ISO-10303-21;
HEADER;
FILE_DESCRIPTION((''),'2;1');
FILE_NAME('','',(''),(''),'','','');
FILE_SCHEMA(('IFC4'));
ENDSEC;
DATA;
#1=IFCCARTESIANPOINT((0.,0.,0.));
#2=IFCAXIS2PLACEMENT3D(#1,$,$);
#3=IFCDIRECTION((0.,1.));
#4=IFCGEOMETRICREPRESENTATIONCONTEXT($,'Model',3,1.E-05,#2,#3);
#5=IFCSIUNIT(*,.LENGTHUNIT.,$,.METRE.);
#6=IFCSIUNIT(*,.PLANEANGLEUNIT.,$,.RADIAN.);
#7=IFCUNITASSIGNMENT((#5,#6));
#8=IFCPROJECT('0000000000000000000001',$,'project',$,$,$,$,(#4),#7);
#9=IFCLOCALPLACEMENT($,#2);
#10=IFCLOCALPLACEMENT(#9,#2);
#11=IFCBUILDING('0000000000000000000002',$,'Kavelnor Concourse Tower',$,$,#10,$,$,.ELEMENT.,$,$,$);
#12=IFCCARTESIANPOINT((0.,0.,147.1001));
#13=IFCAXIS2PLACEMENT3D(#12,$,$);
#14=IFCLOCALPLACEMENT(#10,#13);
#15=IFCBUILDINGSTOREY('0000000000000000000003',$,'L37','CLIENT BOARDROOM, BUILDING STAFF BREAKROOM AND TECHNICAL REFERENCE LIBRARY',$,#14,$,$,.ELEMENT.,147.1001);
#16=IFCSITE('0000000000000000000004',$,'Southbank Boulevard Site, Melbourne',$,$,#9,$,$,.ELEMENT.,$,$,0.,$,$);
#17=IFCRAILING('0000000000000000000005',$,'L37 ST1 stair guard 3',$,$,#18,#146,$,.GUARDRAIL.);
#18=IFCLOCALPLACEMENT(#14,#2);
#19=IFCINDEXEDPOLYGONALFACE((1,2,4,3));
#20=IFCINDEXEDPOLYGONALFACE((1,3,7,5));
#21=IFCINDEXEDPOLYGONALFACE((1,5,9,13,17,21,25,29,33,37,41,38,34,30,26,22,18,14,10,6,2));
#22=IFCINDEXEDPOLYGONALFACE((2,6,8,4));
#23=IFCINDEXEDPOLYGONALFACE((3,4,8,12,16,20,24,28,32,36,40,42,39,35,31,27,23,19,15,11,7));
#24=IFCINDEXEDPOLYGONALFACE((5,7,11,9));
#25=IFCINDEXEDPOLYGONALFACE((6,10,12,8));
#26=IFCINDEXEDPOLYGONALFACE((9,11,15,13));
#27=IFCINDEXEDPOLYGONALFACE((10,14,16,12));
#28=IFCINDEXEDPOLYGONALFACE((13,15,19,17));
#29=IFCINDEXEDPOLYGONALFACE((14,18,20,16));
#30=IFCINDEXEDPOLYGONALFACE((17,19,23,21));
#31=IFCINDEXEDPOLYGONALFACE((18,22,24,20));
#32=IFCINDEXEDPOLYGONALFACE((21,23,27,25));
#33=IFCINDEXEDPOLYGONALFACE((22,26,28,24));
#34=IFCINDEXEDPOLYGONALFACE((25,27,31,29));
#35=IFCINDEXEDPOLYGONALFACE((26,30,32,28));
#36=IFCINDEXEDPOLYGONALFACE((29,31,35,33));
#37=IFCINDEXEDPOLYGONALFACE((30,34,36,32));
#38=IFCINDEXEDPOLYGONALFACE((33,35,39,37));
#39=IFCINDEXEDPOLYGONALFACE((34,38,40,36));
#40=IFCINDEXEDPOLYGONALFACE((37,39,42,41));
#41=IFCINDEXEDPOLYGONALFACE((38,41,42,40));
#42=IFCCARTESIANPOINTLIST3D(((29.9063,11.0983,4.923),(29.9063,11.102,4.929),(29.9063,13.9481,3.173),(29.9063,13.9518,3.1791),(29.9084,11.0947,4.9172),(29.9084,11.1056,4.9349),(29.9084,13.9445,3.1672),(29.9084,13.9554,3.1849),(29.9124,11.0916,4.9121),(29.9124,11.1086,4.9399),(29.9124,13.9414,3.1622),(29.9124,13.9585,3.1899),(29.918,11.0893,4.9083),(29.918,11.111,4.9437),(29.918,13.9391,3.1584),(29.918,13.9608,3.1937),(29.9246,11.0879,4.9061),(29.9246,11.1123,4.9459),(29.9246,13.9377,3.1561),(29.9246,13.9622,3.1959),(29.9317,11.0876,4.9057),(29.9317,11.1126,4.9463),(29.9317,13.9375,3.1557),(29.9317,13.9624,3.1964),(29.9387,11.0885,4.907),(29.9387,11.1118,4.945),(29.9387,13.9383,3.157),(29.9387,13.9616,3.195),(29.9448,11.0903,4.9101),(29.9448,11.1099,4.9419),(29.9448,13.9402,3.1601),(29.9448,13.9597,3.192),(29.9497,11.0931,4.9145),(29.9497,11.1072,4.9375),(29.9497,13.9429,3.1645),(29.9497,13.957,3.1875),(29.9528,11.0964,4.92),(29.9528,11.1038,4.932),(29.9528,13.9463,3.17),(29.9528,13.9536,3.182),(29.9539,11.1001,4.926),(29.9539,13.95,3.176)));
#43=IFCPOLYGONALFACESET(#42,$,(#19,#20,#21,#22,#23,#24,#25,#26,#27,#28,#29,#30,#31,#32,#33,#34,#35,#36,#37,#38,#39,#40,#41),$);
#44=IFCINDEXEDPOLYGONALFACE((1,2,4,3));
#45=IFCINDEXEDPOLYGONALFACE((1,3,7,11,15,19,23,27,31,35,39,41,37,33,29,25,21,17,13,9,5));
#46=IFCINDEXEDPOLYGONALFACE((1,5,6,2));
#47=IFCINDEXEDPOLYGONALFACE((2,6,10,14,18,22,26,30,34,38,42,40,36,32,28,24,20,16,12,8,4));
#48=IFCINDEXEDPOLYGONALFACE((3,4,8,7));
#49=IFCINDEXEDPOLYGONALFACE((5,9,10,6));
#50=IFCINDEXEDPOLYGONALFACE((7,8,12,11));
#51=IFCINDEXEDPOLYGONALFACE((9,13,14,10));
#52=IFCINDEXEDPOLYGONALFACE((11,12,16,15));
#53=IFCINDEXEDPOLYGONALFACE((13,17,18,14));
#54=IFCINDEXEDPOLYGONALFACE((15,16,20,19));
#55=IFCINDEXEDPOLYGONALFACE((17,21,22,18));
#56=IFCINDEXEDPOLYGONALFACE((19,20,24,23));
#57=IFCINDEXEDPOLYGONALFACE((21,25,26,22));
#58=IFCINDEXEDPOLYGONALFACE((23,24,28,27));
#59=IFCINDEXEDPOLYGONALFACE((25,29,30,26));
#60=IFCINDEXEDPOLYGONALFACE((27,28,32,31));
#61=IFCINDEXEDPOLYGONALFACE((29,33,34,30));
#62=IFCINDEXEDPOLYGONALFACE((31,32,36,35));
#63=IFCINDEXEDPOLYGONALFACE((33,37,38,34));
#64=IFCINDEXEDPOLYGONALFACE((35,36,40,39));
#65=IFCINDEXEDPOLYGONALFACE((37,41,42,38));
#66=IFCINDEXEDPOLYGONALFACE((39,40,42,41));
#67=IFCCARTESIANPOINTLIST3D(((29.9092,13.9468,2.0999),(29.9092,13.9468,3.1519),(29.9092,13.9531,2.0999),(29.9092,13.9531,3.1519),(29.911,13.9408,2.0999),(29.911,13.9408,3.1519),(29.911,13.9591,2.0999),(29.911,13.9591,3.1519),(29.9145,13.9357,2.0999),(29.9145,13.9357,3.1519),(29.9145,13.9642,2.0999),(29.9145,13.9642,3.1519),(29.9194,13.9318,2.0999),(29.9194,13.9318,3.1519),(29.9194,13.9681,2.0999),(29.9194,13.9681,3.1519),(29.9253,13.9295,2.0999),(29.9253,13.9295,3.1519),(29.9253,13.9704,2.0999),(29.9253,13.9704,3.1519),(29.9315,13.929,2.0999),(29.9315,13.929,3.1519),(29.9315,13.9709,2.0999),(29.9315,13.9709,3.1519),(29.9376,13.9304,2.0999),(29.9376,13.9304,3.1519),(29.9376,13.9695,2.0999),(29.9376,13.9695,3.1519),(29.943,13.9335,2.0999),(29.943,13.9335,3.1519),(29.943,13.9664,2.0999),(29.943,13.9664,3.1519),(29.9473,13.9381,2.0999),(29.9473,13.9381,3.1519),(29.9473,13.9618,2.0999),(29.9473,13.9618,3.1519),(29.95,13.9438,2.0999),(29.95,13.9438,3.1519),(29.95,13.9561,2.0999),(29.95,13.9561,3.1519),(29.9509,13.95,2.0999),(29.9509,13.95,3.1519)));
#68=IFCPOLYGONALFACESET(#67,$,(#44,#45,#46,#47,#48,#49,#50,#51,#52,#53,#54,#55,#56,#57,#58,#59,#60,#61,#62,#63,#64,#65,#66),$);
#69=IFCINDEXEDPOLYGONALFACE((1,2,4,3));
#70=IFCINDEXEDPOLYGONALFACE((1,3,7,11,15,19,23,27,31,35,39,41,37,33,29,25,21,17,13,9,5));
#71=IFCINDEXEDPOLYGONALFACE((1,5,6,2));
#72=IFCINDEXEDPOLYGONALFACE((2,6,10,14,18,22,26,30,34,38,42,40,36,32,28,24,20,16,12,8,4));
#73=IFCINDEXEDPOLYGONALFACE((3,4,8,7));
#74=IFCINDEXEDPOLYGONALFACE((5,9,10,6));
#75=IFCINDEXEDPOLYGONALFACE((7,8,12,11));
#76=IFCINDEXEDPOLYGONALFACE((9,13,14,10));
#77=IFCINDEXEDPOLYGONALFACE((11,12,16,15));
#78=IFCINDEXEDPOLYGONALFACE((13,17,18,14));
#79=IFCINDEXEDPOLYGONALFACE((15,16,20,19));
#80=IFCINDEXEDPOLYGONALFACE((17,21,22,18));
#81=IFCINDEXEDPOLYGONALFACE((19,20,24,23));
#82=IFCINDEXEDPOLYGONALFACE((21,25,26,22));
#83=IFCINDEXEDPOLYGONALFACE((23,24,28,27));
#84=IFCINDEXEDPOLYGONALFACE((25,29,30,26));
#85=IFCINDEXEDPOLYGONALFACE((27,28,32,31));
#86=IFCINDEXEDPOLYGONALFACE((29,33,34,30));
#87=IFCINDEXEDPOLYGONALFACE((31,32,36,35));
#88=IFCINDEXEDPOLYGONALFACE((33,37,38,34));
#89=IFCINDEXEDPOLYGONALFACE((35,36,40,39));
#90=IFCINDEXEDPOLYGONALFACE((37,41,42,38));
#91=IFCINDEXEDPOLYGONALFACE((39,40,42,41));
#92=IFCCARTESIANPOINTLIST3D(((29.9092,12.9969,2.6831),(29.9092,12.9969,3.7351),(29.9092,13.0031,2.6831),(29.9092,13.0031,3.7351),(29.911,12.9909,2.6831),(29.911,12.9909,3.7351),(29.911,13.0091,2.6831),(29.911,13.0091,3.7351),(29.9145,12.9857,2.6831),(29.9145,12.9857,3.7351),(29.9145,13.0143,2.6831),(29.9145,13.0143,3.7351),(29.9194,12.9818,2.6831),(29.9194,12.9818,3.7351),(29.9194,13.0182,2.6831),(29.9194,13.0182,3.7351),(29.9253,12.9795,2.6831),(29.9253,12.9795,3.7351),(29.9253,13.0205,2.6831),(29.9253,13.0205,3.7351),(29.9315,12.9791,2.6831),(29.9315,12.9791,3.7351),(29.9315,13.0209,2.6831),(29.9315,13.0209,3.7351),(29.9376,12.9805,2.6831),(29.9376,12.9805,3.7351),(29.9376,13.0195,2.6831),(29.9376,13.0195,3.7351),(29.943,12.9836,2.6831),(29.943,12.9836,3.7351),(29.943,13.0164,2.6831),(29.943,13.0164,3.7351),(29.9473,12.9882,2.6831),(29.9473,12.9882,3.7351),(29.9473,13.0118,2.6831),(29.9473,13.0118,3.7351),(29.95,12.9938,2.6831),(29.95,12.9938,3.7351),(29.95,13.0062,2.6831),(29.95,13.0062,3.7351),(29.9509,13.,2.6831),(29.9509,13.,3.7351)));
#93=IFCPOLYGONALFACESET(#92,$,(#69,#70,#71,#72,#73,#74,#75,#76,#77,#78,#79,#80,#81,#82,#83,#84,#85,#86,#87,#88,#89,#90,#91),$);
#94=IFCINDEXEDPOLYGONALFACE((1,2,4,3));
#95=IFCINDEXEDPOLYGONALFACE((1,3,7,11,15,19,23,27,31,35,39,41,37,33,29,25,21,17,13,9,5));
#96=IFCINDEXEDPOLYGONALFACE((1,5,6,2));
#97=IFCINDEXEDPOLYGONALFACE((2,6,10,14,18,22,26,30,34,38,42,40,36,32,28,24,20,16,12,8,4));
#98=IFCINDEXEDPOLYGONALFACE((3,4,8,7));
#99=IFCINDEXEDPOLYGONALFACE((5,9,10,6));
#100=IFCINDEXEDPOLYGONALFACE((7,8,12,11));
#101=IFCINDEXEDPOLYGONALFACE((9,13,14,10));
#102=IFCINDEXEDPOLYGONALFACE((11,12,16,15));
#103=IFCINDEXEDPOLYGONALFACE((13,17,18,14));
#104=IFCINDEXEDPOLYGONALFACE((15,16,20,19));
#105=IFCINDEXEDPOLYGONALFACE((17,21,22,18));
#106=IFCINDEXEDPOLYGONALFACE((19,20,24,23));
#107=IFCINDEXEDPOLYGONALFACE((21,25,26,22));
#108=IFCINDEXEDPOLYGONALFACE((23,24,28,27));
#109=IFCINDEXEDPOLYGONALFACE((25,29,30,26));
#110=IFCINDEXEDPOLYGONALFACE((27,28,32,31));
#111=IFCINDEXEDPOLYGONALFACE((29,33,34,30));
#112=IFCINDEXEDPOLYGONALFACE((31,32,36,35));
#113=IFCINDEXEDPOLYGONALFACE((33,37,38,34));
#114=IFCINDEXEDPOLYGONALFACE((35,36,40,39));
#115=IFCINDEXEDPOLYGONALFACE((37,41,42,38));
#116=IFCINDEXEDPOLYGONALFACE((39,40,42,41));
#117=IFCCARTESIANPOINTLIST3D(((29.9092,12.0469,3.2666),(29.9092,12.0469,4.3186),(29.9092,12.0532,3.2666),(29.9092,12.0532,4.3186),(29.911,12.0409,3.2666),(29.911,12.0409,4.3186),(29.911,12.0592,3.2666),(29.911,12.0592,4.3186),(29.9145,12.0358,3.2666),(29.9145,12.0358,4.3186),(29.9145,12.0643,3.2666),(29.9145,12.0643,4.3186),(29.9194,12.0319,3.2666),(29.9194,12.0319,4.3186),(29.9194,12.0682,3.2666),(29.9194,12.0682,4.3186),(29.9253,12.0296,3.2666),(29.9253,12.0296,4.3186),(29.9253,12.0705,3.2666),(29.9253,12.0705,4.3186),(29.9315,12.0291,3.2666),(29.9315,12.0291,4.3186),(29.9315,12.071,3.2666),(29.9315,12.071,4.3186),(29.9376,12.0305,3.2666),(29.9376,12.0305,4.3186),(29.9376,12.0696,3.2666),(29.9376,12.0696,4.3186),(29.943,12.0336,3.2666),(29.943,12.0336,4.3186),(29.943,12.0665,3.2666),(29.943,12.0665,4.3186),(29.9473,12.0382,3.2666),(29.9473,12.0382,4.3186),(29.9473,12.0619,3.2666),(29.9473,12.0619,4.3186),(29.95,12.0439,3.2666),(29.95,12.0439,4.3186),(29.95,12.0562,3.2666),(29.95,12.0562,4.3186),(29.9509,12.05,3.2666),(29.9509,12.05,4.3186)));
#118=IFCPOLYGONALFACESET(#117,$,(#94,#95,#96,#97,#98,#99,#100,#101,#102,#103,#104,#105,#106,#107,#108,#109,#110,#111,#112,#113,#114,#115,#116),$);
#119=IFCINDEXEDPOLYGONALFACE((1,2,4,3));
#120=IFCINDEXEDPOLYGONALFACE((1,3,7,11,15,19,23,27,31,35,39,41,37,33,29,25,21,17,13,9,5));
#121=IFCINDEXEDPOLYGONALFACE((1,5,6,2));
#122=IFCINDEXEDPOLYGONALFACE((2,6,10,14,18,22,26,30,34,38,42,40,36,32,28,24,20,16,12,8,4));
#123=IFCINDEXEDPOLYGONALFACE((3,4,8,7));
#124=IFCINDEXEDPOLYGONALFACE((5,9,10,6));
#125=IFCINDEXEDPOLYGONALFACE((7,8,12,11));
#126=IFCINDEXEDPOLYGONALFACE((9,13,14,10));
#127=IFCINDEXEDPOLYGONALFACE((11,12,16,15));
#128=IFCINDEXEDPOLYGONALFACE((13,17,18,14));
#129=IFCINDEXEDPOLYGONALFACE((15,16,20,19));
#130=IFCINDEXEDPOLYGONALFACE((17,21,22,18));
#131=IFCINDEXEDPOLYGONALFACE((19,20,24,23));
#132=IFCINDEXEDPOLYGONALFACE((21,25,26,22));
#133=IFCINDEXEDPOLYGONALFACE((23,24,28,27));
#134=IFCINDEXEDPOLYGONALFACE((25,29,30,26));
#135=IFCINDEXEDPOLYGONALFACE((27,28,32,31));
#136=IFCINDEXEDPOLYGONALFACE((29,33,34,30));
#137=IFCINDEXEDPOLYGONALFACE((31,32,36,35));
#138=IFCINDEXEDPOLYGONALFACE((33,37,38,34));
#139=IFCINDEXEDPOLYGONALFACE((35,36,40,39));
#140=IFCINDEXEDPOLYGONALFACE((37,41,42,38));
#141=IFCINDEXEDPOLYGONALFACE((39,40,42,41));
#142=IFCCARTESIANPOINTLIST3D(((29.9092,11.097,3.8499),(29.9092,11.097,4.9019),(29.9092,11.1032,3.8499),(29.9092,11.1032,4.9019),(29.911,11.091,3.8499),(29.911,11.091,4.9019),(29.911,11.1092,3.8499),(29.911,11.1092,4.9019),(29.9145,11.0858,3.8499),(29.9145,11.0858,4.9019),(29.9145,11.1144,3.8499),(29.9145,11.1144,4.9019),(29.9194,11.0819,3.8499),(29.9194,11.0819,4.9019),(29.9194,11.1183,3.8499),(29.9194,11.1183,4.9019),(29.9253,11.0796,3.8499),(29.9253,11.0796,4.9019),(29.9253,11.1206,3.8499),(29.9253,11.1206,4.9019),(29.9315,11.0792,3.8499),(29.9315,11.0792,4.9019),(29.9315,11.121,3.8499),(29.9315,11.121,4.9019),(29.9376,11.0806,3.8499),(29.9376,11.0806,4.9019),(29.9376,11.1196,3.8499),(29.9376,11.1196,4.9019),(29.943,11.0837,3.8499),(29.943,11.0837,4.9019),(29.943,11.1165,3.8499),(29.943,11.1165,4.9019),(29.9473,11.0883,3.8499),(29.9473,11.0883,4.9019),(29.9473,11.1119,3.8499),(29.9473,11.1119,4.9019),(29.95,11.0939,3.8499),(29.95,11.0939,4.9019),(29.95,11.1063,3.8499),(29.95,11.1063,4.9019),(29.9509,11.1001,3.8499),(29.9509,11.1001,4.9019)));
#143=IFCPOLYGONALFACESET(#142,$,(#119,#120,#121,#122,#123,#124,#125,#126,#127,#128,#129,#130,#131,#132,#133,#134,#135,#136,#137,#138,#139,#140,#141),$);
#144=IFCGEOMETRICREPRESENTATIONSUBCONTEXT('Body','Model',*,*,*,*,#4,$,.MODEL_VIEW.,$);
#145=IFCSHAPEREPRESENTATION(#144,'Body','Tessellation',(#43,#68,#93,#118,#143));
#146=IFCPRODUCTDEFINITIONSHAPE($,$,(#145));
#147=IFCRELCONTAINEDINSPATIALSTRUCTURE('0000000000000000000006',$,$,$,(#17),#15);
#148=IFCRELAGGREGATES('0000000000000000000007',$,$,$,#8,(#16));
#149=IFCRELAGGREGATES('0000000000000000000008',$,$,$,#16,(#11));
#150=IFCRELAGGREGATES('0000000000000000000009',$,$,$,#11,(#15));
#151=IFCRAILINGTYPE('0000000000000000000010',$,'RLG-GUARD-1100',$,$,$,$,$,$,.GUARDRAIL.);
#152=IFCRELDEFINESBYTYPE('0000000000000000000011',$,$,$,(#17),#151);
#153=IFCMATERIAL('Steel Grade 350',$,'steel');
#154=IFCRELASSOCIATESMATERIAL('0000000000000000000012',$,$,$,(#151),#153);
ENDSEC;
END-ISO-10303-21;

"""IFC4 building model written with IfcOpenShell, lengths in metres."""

from ifc_helpers import new_model, si_unit, direction, frame, origin, origin_2d, place, context, subcontext, project, spatial, circle, extrude, material, type_object, element, save


model = new_model("IFC4")

# Units and contexts
model_context = context("Model", 3, precision=1e-05, world=origin(), true_north=direction((0.0, 1.0)))
body_context = subcontext(model_context, "Body", "Model", "MODEL_VIEW")
ifc_project = project(units=[si_unit("LENGTHUNIT", "METRE"), si_unit("PLANEANGLEUNIT", "RADIAN")], contexts=[model_context])

# Site, building, storey
site_placement = place(None, origin())
site = spatial("IfcSite", under=ifc_project, at=site_placement, Name="Southbank Boulevard Site, Melbourne", CompositionType="ELEMENT", RefElevation=0.0)
building_placement = place(site_placement, origin())
building = spatial("IfcBuilding", under=site, at=building_placement, Name="Kavelnor Concourse Tower", CompositionType="ELEMENT")
storey_placement = place(building_placement, frame((0.0, 0.0, 147.1001)))
storey = spatial("IfcBuildingStorey", under=building, at=storey_placement, Name="L37", Description="CLIENT BOARDROOM, BUILDING STAFF BREAKROOM AND TECHNICAL REFERENCE LIBRARY", CompositionType="ELEMENT", Elevation=147.1001)

# Shared definitions
ifc_material_1 = material(Name="Steel Grade 350", Category="steel")

# Railing
railing_type_1 = type_object("IfcRailingType", Name="RLG-GUARD-1100", PredefinedType="GUARDRAIL", material=ifc_material_1)
railing_1_placement = place(storey_placement, frame((29.9299, 13.95, 2.0999)))
element("IfcRailing", 1, at=railing_1_placement, inside=storey, type_object=railing_type_1, Name="L37 ST1 stair guard 3", PredefinedType="GUARDRAIL", context=body_context, shape_type="SweptSolid", body=[
    extrude(circle(Radius=0.0239, at=origin_2d()), frame((0.0, 0.0, 1.0762), z_axis=(0.0, -0.852159, 0.523283), x_axis=(1.0, 0.0, 0.0)), (0.0, 0.0, 1.0), 3.3442),
    extrude(circle(Radius=0.021, at=origin_2d()), origin(), (0.0, 0.0, 1.0), 1.052),
    extrude(circle(Radius=0.021, at=origin_2d()), frame((0.0, -0.95, 0.5833)), (0.0, 0.0, 1.0), 1.052),
    extrude(circle(Radius=0.021, at=origin_2d()), frame((0.0, -1.8999, 1.1667)), (0.0, 0.0, 1.0), 1.052),
    extrude(circle(Radius=0.021, at=origin_2d()), frame((0.0, -2.8499, 1.75)), (0.0, 0.0, 1.0), 1.052),
])

save(model, "model.ifc")
